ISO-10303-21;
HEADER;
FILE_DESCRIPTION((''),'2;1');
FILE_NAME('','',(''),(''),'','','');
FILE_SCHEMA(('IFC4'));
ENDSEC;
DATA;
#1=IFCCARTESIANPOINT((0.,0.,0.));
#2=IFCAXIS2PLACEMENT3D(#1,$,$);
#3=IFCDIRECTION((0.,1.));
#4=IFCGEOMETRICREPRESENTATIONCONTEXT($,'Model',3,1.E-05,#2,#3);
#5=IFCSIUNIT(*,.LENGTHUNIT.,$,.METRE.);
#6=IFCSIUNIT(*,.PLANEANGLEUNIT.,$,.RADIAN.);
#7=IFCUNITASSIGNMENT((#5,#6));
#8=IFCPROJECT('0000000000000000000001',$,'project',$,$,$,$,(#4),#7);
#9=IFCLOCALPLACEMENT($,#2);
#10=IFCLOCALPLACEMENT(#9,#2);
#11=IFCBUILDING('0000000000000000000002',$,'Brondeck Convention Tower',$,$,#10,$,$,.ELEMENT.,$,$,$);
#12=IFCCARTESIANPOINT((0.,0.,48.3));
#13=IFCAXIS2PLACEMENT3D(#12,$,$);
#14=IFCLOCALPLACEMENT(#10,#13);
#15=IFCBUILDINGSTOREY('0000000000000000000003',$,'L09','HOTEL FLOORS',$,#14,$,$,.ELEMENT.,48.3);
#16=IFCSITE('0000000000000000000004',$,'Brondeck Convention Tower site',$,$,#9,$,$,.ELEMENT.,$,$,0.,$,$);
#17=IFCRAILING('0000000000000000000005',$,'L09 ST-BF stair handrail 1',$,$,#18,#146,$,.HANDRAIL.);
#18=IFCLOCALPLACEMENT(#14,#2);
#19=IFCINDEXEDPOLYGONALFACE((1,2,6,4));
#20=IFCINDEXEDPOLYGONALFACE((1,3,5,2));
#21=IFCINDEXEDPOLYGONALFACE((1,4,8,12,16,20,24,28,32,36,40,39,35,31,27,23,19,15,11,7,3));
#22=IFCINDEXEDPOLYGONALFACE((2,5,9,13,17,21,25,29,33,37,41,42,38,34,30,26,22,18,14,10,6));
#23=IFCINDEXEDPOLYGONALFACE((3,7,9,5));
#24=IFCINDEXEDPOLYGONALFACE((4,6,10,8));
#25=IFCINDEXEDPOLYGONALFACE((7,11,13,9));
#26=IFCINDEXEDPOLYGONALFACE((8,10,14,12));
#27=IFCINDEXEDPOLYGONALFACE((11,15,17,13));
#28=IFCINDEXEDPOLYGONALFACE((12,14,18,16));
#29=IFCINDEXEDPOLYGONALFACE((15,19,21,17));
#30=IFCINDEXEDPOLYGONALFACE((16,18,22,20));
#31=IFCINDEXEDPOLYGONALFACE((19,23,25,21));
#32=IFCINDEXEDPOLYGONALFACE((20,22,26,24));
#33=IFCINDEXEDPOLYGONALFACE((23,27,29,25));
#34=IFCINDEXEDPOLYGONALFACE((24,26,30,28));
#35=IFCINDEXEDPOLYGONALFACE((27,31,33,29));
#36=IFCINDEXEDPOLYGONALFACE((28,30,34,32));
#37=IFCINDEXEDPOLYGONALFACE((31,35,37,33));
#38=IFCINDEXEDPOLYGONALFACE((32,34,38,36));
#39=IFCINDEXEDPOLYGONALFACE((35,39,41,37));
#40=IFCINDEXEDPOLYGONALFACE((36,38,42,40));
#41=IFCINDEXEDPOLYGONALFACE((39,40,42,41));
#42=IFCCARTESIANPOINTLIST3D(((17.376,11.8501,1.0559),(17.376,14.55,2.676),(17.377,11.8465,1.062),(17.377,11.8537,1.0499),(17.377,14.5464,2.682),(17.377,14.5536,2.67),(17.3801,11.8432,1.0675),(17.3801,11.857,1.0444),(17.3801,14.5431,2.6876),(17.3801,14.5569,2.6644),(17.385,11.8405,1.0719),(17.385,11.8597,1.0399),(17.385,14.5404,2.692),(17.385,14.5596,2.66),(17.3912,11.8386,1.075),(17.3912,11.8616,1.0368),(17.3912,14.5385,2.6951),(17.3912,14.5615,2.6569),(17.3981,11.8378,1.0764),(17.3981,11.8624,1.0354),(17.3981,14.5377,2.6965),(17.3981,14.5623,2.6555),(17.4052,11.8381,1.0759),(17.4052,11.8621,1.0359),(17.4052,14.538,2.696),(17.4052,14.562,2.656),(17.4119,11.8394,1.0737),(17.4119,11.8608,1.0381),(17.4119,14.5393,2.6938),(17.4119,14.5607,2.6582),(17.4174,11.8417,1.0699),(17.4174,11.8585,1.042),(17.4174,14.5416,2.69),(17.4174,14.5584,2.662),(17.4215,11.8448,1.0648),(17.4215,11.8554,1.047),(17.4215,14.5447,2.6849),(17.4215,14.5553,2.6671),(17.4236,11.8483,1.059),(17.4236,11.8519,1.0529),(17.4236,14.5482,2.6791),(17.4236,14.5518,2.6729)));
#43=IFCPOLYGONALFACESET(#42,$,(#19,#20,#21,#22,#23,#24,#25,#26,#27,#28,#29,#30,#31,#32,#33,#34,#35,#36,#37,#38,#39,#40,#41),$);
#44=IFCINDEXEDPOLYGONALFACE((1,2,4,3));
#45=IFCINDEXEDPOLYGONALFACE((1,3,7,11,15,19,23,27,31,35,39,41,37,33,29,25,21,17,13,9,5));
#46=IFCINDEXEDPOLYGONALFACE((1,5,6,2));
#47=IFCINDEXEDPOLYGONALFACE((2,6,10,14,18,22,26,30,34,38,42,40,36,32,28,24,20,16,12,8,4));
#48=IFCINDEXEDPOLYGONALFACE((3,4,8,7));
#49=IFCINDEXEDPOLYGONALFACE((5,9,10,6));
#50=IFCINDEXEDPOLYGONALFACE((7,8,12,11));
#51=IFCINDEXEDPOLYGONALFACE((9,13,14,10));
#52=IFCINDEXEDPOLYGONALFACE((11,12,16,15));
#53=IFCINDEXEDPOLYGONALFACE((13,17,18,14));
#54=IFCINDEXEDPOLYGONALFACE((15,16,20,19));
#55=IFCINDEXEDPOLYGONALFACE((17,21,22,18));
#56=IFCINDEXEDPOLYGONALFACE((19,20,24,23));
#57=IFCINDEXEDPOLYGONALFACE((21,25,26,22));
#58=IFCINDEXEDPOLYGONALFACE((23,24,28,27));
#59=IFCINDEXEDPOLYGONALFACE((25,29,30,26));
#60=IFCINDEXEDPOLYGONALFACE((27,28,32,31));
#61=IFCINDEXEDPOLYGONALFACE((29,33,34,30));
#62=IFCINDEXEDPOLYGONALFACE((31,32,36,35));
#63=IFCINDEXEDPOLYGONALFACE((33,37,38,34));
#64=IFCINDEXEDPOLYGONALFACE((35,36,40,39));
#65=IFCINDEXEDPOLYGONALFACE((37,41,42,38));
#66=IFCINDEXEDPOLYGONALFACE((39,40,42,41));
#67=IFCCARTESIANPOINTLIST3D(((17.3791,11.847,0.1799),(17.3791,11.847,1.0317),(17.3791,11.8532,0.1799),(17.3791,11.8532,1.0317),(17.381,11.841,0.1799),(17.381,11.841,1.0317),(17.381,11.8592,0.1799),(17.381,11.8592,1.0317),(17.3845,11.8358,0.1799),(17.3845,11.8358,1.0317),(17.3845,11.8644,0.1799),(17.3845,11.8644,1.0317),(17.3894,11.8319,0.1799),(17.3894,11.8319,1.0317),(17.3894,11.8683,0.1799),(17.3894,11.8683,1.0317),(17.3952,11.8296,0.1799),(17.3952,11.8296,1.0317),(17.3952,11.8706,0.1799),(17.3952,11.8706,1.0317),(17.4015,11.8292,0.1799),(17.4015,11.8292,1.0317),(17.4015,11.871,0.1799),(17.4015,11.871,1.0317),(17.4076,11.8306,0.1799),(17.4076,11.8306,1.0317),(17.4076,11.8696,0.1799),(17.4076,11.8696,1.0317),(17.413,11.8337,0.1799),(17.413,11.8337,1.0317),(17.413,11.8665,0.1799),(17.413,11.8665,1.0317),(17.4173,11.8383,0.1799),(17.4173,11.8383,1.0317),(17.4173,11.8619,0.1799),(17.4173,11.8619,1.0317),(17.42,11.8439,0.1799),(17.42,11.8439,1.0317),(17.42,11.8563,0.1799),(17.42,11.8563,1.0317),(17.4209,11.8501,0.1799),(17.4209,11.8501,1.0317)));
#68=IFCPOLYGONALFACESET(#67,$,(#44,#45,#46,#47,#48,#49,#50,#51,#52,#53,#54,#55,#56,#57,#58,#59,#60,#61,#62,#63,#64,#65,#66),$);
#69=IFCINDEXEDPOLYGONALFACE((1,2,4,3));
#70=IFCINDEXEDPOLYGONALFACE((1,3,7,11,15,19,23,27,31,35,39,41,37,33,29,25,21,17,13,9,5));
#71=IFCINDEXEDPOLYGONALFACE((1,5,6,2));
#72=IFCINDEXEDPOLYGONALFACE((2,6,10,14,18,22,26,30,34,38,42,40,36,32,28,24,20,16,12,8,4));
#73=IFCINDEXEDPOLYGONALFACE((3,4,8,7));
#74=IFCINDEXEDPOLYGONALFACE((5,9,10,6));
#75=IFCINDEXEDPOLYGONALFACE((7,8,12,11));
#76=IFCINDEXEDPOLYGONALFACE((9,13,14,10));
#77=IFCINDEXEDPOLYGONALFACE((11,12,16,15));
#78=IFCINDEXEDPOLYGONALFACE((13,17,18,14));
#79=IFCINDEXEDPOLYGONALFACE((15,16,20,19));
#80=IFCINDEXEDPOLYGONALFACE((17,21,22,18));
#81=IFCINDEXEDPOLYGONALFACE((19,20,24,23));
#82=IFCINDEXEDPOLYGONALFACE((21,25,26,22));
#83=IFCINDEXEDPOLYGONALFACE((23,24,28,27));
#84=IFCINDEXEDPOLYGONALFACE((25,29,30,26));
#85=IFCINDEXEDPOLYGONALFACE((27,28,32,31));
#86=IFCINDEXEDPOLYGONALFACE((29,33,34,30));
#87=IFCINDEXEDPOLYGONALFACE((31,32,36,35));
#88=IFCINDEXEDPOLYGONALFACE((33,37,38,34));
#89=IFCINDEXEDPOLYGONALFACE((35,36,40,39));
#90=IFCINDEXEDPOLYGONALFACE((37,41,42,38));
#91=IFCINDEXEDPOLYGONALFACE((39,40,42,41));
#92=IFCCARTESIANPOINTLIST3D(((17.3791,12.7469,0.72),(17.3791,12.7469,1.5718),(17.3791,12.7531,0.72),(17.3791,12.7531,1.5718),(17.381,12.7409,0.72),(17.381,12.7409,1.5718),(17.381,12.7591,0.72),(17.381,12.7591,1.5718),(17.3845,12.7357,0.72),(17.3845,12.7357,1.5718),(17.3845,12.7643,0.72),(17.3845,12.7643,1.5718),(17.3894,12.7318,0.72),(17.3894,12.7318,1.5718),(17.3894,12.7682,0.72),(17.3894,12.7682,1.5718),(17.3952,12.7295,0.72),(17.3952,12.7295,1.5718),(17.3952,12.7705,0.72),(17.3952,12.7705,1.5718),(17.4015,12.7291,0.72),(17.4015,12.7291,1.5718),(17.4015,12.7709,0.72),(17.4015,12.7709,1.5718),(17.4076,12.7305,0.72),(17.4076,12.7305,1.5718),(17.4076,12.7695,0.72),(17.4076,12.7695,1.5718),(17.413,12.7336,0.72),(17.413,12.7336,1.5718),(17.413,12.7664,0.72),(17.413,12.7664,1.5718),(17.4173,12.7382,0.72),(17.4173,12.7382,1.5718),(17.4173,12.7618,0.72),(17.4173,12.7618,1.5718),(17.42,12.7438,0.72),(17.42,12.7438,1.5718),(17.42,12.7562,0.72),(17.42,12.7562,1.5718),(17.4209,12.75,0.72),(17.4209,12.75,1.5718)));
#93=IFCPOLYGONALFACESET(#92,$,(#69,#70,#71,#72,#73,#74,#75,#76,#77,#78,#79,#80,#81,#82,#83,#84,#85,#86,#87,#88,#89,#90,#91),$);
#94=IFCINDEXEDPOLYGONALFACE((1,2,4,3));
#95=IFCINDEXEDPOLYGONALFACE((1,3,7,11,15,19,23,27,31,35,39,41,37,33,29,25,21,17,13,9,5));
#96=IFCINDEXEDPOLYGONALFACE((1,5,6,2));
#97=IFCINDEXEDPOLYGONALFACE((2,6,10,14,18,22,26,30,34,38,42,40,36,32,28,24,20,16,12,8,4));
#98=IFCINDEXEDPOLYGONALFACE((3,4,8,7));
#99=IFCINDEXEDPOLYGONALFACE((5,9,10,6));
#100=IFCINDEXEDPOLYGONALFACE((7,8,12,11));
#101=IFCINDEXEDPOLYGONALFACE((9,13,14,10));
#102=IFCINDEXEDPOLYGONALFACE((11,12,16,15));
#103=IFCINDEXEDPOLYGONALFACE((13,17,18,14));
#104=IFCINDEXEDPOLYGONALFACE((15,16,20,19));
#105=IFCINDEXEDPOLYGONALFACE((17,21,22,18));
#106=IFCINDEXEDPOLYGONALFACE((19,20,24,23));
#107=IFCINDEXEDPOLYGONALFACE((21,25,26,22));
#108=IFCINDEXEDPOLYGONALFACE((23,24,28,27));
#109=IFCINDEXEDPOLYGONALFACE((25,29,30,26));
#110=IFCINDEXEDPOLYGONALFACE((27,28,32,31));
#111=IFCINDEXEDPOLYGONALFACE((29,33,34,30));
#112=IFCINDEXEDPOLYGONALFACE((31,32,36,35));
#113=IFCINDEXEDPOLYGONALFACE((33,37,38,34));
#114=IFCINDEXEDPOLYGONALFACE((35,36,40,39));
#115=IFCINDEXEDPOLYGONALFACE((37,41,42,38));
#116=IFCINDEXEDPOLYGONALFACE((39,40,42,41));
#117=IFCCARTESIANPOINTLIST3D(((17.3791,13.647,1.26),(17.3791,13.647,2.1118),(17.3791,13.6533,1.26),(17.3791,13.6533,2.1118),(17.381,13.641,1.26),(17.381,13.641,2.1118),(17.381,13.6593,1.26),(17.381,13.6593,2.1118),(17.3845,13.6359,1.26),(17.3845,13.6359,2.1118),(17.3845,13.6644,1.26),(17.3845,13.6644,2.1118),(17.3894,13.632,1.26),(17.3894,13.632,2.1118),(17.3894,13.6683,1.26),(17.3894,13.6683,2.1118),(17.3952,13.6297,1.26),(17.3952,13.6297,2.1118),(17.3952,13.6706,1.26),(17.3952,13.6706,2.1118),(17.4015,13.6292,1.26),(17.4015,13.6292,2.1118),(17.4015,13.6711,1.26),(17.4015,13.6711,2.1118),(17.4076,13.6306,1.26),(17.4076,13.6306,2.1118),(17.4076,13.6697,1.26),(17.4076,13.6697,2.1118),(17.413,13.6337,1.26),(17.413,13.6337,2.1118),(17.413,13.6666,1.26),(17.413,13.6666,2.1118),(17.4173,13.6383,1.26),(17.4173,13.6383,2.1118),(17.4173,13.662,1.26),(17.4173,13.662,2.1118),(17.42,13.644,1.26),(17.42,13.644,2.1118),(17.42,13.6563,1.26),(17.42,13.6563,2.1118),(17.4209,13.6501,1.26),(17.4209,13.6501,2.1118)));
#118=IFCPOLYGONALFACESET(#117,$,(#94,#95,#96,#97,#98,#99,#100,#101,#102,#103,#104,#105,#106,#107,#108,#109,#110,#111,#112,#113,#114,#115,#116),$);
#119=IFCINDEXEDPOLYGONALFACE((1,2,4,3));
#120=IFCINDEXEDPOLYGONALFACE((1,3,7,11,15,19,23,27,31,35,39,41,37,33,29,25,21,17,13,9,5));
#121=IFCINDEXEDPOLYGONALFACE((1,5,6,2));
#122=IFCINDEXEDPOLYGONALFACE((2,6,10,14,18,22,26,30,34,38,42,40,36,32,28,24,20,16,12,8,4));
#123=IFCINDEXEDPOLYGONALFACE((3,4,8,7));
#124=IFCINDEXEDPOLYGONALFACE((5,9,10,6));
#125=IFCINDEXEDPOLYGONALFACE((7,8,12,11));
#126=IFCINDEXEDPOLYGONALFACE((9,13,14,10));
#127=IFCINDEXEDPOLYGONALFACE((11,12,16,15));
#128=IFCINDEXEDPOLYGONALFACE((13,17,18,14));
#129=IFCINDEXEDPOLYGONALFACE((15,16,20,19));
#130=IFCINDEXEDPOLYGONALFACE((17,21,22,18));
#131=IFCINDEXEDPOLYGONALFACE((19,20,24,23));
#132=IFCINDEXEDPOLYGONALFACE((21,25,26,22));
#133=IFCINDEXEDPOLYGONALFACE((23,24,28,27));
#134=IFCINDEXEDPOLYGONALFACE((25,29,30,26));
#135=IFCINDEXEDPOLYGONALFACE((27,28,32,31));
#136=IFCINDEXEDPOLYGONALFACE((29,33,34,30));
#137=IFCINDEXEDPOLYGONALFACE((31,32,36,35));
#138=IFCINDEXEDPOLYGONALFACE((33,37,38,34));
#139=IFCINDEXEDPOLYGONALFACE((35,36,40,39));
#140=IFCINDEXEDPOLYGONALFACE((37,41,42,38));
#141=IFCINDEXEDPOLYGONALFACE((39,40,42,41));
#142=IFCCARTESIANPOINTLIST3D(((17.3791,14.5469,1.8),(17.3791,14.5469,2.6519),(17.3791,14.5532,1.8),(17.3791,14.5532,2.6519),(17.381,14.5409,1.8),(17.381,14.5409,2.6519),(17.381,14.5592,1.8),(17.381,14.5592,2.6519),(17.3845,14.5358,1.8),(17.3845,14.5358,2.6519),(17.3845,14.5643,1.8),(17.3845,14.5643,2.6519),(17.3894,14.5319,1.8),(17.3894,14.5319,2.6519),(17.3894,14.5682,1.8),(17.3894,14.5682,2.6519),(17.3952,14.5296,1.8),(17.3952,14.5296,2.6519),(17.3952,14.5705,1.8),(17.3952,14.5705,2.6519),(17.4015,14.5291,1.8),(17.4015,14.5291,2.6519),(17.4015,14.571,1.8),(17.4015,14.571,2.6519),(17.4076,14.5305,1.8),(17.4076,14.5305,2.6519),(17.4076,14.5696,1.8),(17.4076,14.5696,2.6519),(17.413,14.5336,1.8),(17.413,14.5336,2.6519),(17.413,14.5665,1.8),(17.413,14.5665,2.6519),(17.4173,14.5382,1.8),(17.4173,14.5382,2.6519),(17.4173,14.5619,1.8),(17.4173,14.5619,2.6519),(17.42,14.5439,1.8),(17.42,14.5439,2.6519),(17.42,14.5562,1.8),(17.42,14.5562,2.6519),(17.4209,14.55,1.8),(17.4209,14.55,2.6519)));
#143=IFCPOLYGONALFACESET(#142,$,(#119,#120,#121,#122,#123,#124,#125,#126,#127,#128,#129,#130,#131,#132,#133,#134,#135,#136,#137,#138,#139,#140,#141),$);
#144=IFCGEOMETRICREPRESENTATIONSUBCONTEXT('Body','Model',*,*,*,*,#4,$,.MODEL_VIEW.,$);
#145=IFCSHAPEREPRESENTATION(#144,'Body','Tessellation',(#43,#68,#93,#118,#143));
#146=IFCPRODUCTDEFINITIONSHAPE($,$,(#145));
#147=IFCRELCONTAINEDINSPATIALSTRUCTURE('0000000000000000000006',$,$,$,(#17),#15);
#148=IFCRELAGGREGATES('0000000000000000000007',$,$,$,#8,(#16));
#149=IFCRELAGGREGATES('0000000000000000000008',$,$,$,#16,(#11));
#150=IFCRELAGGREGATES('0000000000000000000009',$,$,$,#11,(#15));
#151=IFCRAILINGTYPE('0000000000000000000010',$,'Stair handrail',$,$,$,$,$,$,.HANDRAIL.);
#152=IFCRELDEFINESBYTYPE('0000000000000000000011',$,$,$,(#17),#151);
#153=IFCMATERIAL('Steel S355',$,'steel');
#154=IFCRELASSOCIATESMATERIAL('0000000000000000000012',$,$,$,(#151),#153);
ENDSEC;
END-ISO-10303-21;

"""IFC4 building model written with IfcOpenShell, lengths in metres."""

from ifc_helpers import new_model, si_unit, direction, frame, origin, origin_2d, place, context, subcontext, project, spatial, circle, extrude, material, type_object, element, save


model = new_model("IFC4")

# Units and contexts
model_context = context("Model", 3, precision=1e-05, world=origin(), true_north=direction((0.0, 1.0)))
body_context = subcontext(model_context, "Body", "Model", "MODEL_VIEW")
ifc_project = project(units=[si_unit("LENGTHUNIT", "METRE"), si_unit("PLANEANGLEUNIT", "RADIAN")], contexts=[model_context])

# Site, building, storey
site_placement = place(None, origin())
site = spatial("IfcSite", under=ifc_project, at=site_placement, Name="Brondeck Convention Tower site", CompositionType="ELEMENT", RefElevation=0.0)
building_placement = place(site_placement, origin())
building = spatial("IfcBuilding", under=site, at=building_placement, Name="Brondeck Convention Tower", CompositionType="ELEMENT")
storey_placement = place(building_placement, frame((0.0, 0.0, 48.3)))
storey = spatial("IfcBuildingStorey", under=building, at=storey_placement, Name="L09", Description="HOTEL FLOORS", CompositionType="ELEMENT", Elevation=48.3)

# Shared definitions
ifc_material_1 = material(Name="Steel S355", Category="steel")

# Railing
railing_type_1 = type_object("IfcRailingType", Name="Stair handrail", PredefinedType="HANDRAIL", material=ifc_material_1)
railing_1_placement = place(storey_placement, frame((17.3999, 11.8501, 0.1799)))
element("IfcRailing", 1, at=railing_1_placement, inside=storey, type_object=railing_type_1, Name="L09 ST-BF stair handrail 1", PredefinedType="HANDRAIL", context=body_context, shape_type="SweptSolid", body=[
    extrude(circle(Radius=0.0239, at=origin_2d()), frame((0.0, 0.0, 0.876), z_axis=(0.0, 0.857472, 0.51453), x_axis=(-1.0, 0.0, 0.0)), (0.0, 0.0, 1.0), 3.1487),
    extrude(circle(Radius=0.021, at=origin_2d()), origin(), (0.0, 0.0, 1.0), 0.8518),
    extrude(circle(Radius=0.021, at=origin_2d()), frame((0.0, 0.8999, 0.54)), (0.0, 0.0, 1.0), 0.8518),
    extrude(circle(Radius=0.021, at=origin_2d()), frame((0.0, 1.8, 1.0801)), (0.0, 0.0, 1.0), 0.8518),
    extrude(circle(Radius=0.021, at=origin_2d()), frame((0.0, 2.7, 1.6201)), (0.0, 0.0, 1.0), 0.8518),
])

save(model, "model.ifc")
